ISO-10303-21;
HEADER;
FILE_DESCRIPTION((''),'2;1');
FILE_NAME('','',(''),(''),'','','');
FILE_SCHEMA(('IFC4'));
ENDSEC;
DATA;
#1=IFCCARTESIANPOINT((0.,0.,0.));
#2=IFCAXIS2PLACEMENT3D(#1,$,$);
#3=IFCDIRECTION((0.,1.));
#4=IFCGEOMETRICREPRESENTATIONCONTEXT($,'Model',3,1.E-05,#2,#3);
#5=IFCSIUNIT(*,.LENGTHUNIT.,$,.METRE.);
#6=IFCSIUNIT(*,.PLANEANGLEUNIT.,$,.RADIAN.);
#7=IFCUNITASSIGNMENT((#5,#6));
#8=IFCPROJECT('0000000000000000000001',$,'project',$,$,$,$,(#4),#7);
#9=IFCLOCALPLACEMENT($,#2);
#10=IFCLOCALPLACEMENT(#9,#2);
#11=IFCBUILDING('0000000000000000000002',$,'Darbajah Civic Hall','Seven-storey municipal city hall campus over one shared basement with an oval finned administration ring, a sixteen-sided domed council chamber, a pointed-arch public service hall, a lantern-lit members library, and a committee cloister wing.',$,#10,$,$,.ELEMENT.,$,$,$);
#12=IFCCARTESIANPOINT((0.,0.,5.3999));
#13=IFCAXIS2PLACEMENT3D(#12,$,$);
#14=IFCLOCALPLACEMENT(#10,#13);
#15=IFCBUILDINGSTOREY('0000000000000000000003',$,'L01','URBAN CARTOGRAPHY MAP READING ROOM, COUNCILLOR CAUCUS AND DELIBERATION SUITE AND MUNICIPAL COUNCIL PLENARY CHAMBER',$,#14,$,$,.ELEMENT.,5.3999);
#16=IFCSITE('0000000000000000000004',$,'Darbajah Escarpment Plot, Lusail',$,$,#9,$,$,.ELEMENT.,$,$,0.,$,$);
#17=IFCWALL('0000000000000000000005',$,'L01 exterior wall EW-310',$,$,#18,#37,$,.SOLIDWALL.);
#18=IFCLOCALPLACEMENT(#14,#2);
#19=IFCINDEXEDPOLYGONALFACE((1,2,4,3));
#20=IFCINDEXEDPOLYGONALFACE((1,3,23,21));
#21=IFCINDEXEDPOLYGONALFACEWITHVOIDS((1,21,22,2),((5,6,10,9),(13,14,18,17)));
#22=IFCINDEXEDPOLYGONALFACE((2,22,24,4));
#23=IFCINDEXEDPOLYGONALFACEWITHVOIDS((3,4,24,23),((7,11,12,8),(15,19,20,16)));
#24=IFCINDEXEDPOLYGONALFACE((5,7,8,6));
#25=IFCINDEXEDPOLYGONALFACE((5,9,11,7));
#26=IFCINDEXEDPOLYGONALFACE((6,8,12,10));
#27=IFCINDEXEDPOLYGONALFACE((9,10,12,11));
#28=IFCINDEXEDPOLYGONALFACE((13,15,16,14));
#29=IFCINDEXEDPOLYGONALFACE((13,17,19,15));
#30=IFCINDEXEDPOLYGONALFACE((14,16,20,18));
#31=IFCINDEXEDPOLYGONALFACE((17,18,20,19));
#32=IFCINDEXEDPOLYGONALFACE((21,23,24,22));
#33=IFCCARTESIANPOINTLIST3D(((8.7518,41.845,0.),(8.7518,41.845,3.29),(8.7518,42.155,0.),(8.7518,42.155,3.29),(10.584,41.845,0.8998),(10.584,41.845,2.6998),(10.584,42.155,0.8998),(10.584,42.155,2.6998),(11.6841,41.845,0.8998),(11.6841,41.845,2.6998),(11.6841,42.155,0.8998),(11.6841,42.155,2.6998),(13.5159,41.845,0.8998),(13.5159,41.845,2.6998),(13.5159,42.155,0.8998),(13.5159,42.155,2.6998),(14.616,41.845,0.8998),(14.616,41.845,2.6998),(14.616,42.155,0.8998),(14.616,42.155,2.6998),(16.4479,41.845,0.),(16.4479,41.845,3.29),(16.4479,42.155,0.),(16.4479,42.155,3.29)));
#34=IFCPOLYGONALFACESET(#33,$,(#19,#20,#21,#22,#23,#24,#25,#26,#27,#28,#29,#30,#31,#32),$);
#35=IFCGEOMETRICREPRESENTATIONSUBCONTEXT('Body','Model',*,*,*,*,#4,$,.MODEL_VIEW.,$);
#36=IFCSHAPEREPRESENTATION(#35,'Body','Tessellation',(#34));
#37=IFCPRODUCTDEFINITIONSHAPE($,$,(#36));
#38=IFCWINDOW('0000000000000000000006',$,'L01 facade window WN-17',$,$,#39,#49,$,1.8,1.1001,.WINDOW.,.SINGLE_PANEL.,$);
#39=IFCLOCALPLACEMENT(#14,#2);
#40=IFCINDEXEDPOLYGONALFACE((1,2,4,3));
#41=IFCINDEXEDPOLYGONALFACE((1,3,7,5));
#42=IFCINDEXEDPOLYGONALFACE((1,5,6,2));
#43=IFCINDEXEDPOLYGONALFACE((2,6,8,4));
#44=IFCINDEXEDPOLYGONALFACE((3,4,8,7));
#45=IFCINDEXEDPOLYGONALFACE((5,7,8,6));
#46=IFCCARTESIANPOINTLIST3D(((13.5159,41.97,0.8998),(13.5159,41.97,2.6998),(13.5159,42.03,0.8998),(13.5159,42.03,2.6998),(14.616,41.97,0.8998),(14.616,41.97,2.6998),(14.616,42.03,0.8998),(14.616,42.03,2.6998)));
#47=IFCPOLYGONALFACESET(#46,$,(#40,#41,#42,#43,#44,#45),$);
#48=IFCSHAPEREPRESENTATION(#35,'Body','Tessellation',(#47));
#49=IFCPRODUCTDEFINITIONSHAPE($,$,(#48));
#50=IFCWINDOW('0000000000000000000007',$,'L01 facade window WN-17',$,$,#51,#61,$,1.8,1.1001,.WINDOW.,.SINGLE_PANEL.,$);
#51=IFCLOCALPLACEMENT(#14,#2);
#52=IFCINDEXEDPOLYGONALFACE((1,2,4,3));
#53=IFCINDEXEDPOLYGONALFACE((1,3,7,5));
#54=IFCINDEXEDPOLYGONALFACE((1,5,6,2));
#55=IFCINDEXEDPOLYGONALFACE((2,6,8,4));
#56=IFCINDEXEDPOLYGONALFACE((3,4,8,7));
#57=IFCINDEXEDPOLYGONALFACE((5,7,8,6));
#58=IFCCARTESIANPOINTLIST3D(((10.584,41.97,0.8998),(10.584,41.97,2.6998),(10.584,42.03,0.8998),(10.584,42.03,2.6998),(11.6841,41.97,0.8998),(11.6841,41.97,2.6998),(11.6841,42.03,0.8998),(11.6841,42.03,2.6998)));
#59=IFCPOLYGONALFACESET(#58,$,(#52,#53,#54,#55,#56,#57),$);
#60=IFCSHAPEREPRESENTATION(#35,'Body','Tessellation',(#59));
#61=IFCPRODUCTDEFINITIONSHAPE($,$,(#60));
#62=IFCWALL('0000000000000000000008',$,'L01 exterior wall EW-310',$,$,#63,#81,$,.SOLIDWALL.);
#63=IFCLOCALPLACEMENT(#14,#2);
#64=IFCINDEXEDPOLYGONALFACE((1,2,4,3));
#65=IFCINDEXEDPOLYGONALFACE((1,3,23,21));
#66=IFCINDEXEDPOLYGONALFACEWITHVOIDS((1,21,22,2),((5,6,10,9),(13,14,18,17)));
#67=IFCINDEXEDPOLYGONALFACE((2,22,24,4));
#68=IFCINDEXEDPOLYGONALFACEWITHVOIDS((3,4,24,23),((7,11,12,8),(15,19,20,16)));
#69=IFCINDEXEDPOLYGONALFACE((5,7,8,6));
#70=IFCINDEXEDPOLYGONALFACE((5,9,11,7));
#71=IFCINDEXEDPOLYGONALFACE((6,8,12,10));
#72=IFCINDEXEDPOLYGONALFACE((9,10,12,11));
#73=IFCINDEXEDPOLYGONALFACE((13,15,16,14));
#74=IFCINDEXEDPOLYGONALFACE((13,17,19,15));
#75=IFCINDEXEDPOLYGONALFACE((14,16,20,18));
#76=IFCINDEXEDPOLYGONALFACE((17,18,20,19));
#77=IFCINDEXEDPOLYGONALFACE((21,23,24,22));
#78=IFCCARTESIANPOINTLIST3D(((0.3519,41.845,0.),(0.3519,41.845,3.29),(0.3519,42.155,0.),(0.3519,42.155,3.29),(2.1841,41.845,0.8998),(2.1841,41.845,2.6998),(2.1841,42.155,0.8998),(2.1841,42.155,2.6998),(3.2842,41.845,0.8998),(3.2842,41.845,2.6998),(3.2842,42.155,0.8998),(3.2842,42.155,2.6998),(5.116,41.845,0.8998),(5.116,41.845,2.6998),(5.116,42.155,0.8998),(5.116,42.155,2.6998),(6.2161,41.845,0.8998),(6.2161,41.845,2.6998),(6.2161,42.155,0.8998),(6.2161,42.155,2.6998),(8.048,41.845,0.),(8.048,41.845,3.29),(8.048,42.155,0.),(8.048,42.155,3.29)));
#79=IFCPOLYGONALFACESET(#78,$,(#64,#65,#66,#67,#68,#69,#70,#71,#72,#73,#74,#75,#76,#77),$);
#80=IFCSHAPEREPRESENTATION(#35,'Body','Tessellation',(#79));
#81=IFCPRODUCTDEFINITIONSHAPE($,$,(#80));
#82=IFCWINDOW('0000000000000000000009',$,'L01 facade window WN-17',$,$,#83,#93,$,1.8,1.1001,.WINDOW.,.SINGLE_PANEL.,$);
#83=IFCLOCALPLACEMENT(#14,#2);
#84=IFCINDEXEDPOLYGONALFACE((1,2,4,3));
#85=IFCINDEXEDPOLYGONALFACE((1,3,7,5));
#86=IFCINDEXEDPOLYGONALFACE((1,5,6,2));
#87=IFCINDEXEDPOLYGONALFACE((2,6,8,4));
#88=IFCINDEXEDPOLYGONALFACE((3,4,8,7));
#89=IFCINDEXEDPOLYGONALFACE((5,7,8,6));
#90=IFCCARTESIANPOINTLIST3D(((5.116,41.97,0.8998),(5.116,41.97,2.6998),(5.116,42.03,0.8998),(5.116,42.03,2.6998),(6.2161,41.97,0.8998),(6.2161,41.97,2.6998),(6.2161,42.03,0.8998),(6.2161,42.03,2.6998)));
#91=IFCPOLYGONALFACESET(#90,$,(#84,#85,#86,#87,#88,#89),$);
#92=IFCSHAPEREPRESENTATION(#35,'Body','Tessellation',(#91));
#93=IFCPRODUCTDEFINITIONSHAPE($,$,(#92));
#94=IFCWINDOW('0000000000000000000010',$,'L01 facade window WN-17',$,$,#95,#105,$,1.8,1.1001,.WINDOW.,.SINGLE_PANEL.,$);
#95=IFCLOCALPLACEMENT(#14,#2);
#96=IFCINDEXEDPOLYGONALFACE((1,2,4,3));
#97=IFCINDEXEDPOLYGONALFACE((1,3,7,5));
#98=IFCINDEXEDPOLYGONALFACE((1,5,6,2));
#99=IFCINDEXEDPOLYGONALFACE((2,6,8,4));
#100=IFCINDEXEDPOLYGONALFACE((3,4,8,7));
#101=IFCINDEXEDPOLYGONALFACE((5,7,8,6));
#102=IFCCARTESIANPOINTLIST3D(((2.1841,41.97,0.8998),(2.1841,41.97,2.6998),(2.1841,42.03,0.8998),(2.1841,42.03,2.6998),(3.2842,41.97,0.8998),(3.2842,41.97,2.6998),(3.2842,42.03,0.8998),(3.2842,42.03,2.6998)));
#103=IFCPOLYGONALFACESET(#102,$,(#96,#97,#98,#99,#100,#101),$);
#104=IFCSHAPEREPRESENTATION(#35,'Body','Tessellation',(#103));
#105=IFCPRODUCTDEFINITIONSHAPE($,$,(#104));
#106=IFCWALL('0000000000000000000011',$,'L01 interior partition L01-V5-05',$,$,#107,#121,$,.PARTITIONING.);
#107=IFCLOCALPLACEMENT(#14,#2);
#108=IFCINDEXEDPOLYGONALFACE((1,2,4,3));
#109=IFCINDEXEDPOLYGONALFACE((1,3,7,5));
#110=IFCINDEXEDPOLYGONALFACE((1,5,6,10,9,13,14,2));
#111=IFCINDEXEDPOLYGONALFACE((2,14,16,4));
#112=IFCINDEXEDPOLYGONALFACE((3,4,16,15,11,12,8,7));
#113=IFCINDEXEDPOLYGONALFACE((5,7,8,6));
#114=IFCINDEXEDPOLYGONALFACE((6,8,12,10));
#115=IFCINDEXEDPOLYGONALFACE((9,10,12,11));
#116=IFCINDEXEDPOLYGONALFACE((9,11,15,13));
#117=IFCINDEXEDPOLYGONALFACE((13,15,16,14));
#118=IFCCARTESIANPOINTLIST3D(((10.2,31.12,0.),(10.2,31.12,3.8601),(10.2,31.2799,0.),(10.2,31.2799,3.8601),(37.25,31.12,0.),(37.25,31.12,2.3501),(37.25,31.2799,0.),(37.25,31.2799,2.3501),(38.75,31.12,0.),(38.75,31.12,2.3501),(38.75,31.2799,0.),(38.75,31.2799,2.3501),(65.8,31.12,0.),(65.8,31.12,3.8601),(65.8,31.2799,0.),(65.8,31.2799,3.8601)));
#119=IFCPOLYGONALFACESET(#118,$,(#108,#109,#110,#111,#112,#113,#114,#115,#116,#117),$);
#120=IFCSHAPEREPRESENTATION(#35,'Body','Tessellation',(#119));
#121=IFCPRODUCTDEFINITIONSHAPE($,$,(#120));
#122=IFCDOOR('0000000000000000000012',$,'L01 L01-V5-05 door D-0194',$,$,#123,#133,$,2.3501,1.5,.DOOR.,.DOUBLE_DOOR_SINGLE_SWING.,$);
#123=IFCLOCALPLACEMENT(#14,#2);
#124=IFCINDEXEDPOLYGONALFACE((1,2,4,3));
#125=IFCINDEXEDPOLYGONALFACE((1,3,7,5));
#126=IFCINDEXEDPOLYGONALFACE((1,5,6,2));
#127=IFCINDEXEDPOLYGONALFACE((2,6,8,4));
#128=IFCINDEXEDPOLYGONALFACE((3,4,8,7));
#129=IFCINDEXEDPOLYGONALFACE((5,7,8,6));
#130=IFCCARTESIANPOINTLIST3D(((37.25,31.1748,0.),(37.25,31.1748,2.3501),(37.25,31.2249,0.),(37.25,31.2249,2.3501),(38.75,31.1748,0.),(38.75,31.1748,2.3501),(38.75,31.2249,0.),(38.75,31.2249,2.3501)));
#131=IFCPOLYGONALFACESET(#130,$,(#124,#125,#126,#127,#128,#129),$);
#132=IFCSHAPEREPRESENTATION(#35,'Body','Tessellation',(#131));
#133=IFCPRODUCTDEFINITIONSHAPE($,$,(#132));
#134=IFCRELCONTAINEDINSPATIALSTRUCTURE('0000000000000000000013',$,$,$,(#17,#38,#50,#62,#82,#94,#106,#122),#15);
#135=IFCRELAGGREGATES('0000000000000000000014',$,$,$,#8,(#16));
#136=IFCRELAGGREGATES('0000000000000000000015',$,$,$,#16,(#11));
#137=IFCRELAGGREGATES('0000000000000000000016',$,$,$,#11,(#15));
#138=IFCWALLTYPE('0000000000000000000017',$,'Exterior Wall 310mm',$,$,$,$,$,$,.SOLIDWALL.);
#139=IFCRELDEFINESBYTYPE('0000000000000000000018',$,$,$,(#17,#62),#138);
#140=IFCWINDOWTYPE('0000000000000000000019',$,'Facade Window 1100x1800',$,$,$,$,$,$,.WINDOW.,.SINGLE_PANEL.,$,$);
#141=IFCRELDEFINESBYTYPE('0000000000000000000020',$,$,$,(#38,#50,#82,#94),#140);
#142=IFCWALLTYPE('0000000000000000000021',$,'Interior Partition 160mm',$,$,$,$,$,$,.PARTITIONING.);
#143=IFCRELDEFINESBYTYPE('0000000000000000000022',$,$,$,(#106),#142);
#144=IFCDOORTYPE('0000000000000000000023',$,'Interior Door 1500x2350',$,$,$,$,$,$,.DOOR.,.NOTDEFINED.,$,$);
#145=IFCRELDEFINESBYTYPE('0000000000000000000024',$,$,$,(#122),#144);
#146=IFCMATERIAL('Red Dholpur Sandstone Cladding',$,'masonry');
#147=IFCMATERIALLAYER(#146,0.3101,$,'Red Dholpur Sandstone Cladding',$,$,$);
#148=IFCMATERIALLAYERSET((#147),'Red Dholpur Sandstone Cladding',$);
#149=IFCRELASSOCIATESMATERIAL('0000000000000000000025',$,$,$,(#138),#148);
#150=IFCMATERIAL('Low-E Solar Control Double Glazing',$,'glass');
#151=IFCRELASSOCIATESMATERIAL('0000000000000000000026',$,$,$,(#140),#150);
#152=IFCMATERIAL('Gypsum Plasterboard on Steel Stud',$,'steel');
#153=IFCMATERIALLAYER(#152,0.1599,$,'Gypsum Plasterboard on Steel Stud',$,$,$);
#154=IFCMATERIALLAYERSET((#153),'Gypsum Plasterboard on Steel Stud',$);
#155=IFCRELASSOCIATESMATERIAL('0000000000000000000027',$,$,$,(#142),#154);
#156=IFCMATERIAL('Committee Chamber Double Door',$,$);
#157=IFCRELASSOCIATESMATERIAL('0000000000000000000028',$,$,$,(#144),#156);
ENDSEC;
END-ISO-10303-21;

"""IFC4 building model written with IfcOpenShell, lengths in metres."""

from ifc_helpers import new_model, si_unit, direction, frame, frame_2d, origin, place, context, subcontext, project, spatial, rectangle, extrude, material, layer, layer_set, type_object, element, fill, save


model = new_model("IFC4")

# Units and contexts
model_context = context("Model", 3, precision=1e-05, world=origin(), true_north=direction((0.0, 1.0)))
body_context = subcontext(model_context, "Body", "Model", "MODEL_VIEW")
ifc_project = project(units=[si_unit("LENGTHUNIT", "METRE"), si_unit("PLANEANGLEUNIT", "RADIAN")], contexts=[model_context])

# Site, building, storey
site_placement = place(None, origin())
site = spatial("IfcSite", under=ifc_project, at=site_placement, Name="Darbajah Escarpment Plot, Lusail", CompositionType="ELEMENT", RefElevation=0.0)
building_placement = place(site_placement, origin())
building = spatial("IfcBuilding", under=site, at=building_placement, Name="Darbajah Civic Hall", Description="Seven-storey municipal city hall campus over one shared basement with an oval finned administration ring, a sixteen-sided domed council chamber, a pointed-arch public service hall, a lantern-lit members library, and a committee cloister wing.", CompositionType="ELEMENT")
storey_placement = place(building_placement, frame((0.0, 0.0, 5.3999)))
storey = spatial("IfcBuildingStorey", under=building, at=storey_placement, Name="L01", Description="URBAN CARTOGRAPHY MAP READING ROOM, COUNCILLOR CAUCUS AND DELIBERATION SUITE AND MUNICIPAL COUNCIL PLENARY CHAMBER", CompositionType="ELEMENT", Elevation=5.3999)

# Walls, openings, windows
ifc_material_1 = material(Name="Red Dholpur Sandstone Cladding", Category="masonry")
ifc_layer_1 = layer(ifc_material_1, 0.3101, Name="Red Dholpur Sandstone Cladding")
ifc_layer_set_1 = layer_set([ifc_layer_1], Name="Red Dholpur Sandstone Cladding")
wall_type_1 = type_object("IfcWallType", Name="Exterior Wall 310mm", PredefinedType="SOLIDWALL", material=ifc_layer_set_1)
wall_1_placement = place(storey_placement, frame((16.448, 42.0, 0.0), z_axis=(0.0, 0.0, 1.0), x_axis=(-1.0, 0.0, 0.0)))
wall_1 = element("IfcWall", 1, at=wall_1_placement, inside=storey, type_object=wall_type_1, Name="L01 exterior wall EW-310", PredefinedType="SOLIDWALL", context=body_context, shape_type="SweptSolid", body=[
    extrude(rectangle(XDim=7.696, YDim=0.3101, at=frame_2d((3.8481, 0.0))), origin(), (0.0, 0.0, 1.0), 3.29),
])
opening_1_placement = place(wall_1_placement, frame((1.832, 0.0, 0.8999)))
opening_1 = element("IfcOpeningElement", 2, at=opening_1_placement, cuts=wall_1, PredefinedType="OPENING", context=body_context, shape_type="SweptSolid", body=[
    extrude(rectangle(XDim=1.1001, YDim=1.8, at=frame_2d((0.55, 0.8999))), frame((0.0, 0.165, 0.0), z_axis=(0.0, -1.0, 0.0), x_axis=(1.0, 0.0, 0.0)), (0.0, 0.0, 1.0), 0.3301),
])
opening_2_placement = place(wall_1_placement, frame((4.7639, 0.0, 0.8999)))
opening_2 = element("IfcOpeningElement", 3, at=opening_2_placement, cuts=wall_1, PredefinedType="OPENING", context=body_context, shape_type="SweptSolid", body=[
    extrude(rectangle(XDim=1.1001, YDim=1.8, at=frame_2d((0.55, 0.8999))), frame((0.0, 0.165, 0.0), z_axis=(0.0, -1.0, 0.0), x_axis=(1.0, 0.0, 0.0)), (0.0, 0.0, 1.0), 0.3301),
])
ifc_material_2 = material(Name="Low-E Solar Control Double Glazing", Category="glass")
window_type = type_object("IfcWindowType", Name="Facade Window 1100x1800", PartitioningType="SINGLE_PANEL", PredefinedType="WINDOW", material=ifc_material_2)
window_1_placement = place(opening_1_placement, origin())
window_1 = element("IfcWindow", 4, at=window_1_placement, inside=storey, type_object=window_type, Name="L01 facade window WN-17", OverallHeight=1.8, OverallWidth=1.1001, PartitioningType="SINGLE_PANEL", PredefinedType="WINDOW", context=body_context, shape_type="SweptSolid", body=[
    extrude(rectangle(XDim=1.1001, YDim=1.8, at=frame_2d((0.55, 0.8999))), frame((0.0, 0.03, 0.0), z_axis=(0.0, -1.0, 0.0), x_axis=(1.0, 0.0, 0.0)), (0.0, 0.0, 1.0), 0.0601),
])
fill(opening_1, window_1)
window_2_placement = place(opening_2_placement, origin())
window_2 = element("IfcWindow", 5, at=window_2_placement, inside=storey, type_object=window_type, Name="L01 facade window WN-17", OverallHeight=1.8, OverallWidth=1.1001, PartitioningType="SINGLE_PANEL", PredefinedType="WINDOW", context=body_context, shape_type="SweptSolid", body=[
    extrude(rectangle(XDim=1.1001, YDim=1.8, at=frame_2d((0.55, 0.8999))), frame((0.0, 0.03, 0.0), z_axis=(0.0, -1.0, 0.0), x_axis=(1.0, 0.0, 0.0)), (0.0, 0.0, 1.0), 0.0601),
])
fill(opening_2, window_2)
wall_2_placement = place(storey_placement, frame((8.0481, 42.0, 0.0), z_axis=(0.0, 0.0, 1.0), x_axis=(-1.0, 0.0, 0.0)))
wall_2 = element("IfcWall", 6, at=wall_2_placement, inside=storey, type_object=wall_type_1, Name="L01 exterior wall EW-310", PredefinedType="SOLIDWALL", context=body_context, shape_type="SweptSolid", body=[
    extrude(rectangle(XDim=7.696, YDim=0.3101, at=frame_2d((3.8481, 0.0))), origin(), (0.0, 0.0, 1.0), 3.29),
])
opening_3_placement = place(wall_2_placement, frame((1.832, 0.0, 0.8999)))
opening_3 = element("IfcOpeningElement", 7, at=opening_3_placement, cuts=wall_2, PredefinedType="OPENING", context=body_context, shape_type="SweptSolid", body=[
    extrude(rectangle(XDim=1.1001, YDim=1.8, at=frame_2d((0.55, 0.8999))), frame((0.0, 0.165, 0.0), z_axis=(0.0, -1.0, 0.0), x_axis=(1.0, 0.0, 0.0)), (0.0, 0.0, 1.0), 0.3301),
])
opening_4_placement = place(wall_2_placement, frame((4.7639, 0.0, 0.8999)))
opening_4 = element("IfcOpeningElement", 8, at=opening_4_placement, cuts=wall_2, PredefinedType="OPENING", context=body_context, shape_type="SweptSolid", body=[
    extrude(rectangle(XDim=1.1001, YDim=1.8, at=frame_2d((0.55, 0.8999))), frame((0.0, 0.165, 0.0), z_axis=(0.0, -1.0, 0.0), x_axis=(1.0, 0.0, 0.0)), (0.0, 0.0, 1.0), 0.3301),
])
window_3_placement = place(opening_3_placement, origin())
window_3 = element("IfcWindow", 9, at=window_3_placement, inside=storey, type_object=window_type, Name="L01 facade window WN-17", OverallHeight=1.8, OverallWidth=1.1001, PartitioningType="SINGLE_PANEL", PredefinedType="WINDOW", context=body_context, shape_type="SweptSolid", body=[
    extrude(rectangle(XDim=1.1001, YDim=1.8, at=frame_2d((0.55, 0.8999))), frame((0.0, 0.03, 0.0), z_axis=(0.0, -1.0, 0.0), x_axis=(1.0, 0.0, 0.0)), (0.0, 0.0, 1.0), 0.0601),
])
fill(opening_3, window_3)
window_4_placement = place(opening_4_placement, origin())
window_4 = element("IfcWindow", 10, at=window_4_placement, inside=storey, type_object=window_type, Name="L01 facade window WN-17", OverallHeight=1.8, OverallWidth=1.1001, PartitioningType="SINGLE_PANEL", PredefinedType="WINDOW", context=body_context, shape_type="SweptSolid", body=[
    extrude(rectangle(XDim=1.1001, YDim=1.8, at=frame_2d((0.55, 0.8999))), frame((0.0, 0.03, 0.0), z_axis=(0.0, -1.0, 0.0), x_axis=(1.0, 0.0, 0.0)), (0.0, 0.0, 1.0), 0.0601),
])
fill(opening_4, window_4)

# Wall, opening, door
ifc_material_3 = material(Name="Gypsum Plasterboard on Steel Stud", Category="steel")
ifc_layer_2 = layer(ifc_material_3, 0.1599, Name="Gypsum Plasterboard on Steel Stud")
ifc_layer_set_2 = layer_set([ifc_layer_2], Name="Gypsum Plasterboard on Steel Stud")
wall_type_2 = type_object("IfcWallType", Name="Interior Partition 160mm", PredefinedType="PARTITIONING", material=ifc_layer_set_2)
wall_3_placement = place(storey_placement, frame((10.2, 31.2, 0.0), z_axis=(0.0, 0.0, 1.0), x_axis=(1.0, 0.0, 0.0)))
wall_3 = element("IfcWall", 11, at=wall_3_placement, inside=storey, type_object=wall_type_2, Name="L01 interior partition L01-V5-05", PredefinedType="PARTITIONING", context=body_context, shape_type="SweptSolid", body=[
    extrude(rectangle(XDim=55.6001, YDim=0.1599, at=frame_2d((27.8, 0.0))), origin(), (0.0, 0.0, 1.0), 3.8601),
])
opening_5_placement = place(wall_3_placement, frame((27.05, 0.0, 0.0)))
opening_5 = element("IfcOpeningElement", 12, at=opening_5_placement, cuts=wall_3, PredefinedType="OPENING", context=body_context, shape_type="SweptSolid", body=[
    extrude(rectangle(XDim=1.5, YDim=2.3501, at=frame_2d((0.75, 1.175))), frame((0.0, 0.0898, 0.0), z_axis=(0.0, -1.0, 0.0), x_axis=(1.0, 0.0, 0.0)), (0.0, 0.0, 1.0), 0.1799),
])
ifc_material_4 = material(Name="Committee Chamber Double Door")
door_type = type_object("IfcDoorType", Name="Interior Door 1500x2350", OperationType="NOTDEFINED", PredefinedType="DOOR", material=ifc_material_4)
door_placement = place(opening_5_placement, origin())
door = element("IfcDoor", 13, at=door_placement, inside=storey, type_object=door_type, Name="L01 L01-V5-05 door D-0194", OperationType="DOUBLE_DOOR_SINGLE_SWING", OverallHeight=2.3501, OverallWidth=1.5, PredefinedType="DOOR", context=body_context, shape_type="SweptSolid", body=[
    extrude(rectangle(XDim=1.5, YDim=2.3501, at=frame_2d((0.75, 1.175))), frame((0.0, 0.0249, 0.0), z_axis=(0.0, -1.0, 0.0), x_axis=(1.0, 0.0, 0.0)), (0.0, 0.0, 1.0), 0.05),
])
fill(opening_5, door)

save(model, "model.ifc")
